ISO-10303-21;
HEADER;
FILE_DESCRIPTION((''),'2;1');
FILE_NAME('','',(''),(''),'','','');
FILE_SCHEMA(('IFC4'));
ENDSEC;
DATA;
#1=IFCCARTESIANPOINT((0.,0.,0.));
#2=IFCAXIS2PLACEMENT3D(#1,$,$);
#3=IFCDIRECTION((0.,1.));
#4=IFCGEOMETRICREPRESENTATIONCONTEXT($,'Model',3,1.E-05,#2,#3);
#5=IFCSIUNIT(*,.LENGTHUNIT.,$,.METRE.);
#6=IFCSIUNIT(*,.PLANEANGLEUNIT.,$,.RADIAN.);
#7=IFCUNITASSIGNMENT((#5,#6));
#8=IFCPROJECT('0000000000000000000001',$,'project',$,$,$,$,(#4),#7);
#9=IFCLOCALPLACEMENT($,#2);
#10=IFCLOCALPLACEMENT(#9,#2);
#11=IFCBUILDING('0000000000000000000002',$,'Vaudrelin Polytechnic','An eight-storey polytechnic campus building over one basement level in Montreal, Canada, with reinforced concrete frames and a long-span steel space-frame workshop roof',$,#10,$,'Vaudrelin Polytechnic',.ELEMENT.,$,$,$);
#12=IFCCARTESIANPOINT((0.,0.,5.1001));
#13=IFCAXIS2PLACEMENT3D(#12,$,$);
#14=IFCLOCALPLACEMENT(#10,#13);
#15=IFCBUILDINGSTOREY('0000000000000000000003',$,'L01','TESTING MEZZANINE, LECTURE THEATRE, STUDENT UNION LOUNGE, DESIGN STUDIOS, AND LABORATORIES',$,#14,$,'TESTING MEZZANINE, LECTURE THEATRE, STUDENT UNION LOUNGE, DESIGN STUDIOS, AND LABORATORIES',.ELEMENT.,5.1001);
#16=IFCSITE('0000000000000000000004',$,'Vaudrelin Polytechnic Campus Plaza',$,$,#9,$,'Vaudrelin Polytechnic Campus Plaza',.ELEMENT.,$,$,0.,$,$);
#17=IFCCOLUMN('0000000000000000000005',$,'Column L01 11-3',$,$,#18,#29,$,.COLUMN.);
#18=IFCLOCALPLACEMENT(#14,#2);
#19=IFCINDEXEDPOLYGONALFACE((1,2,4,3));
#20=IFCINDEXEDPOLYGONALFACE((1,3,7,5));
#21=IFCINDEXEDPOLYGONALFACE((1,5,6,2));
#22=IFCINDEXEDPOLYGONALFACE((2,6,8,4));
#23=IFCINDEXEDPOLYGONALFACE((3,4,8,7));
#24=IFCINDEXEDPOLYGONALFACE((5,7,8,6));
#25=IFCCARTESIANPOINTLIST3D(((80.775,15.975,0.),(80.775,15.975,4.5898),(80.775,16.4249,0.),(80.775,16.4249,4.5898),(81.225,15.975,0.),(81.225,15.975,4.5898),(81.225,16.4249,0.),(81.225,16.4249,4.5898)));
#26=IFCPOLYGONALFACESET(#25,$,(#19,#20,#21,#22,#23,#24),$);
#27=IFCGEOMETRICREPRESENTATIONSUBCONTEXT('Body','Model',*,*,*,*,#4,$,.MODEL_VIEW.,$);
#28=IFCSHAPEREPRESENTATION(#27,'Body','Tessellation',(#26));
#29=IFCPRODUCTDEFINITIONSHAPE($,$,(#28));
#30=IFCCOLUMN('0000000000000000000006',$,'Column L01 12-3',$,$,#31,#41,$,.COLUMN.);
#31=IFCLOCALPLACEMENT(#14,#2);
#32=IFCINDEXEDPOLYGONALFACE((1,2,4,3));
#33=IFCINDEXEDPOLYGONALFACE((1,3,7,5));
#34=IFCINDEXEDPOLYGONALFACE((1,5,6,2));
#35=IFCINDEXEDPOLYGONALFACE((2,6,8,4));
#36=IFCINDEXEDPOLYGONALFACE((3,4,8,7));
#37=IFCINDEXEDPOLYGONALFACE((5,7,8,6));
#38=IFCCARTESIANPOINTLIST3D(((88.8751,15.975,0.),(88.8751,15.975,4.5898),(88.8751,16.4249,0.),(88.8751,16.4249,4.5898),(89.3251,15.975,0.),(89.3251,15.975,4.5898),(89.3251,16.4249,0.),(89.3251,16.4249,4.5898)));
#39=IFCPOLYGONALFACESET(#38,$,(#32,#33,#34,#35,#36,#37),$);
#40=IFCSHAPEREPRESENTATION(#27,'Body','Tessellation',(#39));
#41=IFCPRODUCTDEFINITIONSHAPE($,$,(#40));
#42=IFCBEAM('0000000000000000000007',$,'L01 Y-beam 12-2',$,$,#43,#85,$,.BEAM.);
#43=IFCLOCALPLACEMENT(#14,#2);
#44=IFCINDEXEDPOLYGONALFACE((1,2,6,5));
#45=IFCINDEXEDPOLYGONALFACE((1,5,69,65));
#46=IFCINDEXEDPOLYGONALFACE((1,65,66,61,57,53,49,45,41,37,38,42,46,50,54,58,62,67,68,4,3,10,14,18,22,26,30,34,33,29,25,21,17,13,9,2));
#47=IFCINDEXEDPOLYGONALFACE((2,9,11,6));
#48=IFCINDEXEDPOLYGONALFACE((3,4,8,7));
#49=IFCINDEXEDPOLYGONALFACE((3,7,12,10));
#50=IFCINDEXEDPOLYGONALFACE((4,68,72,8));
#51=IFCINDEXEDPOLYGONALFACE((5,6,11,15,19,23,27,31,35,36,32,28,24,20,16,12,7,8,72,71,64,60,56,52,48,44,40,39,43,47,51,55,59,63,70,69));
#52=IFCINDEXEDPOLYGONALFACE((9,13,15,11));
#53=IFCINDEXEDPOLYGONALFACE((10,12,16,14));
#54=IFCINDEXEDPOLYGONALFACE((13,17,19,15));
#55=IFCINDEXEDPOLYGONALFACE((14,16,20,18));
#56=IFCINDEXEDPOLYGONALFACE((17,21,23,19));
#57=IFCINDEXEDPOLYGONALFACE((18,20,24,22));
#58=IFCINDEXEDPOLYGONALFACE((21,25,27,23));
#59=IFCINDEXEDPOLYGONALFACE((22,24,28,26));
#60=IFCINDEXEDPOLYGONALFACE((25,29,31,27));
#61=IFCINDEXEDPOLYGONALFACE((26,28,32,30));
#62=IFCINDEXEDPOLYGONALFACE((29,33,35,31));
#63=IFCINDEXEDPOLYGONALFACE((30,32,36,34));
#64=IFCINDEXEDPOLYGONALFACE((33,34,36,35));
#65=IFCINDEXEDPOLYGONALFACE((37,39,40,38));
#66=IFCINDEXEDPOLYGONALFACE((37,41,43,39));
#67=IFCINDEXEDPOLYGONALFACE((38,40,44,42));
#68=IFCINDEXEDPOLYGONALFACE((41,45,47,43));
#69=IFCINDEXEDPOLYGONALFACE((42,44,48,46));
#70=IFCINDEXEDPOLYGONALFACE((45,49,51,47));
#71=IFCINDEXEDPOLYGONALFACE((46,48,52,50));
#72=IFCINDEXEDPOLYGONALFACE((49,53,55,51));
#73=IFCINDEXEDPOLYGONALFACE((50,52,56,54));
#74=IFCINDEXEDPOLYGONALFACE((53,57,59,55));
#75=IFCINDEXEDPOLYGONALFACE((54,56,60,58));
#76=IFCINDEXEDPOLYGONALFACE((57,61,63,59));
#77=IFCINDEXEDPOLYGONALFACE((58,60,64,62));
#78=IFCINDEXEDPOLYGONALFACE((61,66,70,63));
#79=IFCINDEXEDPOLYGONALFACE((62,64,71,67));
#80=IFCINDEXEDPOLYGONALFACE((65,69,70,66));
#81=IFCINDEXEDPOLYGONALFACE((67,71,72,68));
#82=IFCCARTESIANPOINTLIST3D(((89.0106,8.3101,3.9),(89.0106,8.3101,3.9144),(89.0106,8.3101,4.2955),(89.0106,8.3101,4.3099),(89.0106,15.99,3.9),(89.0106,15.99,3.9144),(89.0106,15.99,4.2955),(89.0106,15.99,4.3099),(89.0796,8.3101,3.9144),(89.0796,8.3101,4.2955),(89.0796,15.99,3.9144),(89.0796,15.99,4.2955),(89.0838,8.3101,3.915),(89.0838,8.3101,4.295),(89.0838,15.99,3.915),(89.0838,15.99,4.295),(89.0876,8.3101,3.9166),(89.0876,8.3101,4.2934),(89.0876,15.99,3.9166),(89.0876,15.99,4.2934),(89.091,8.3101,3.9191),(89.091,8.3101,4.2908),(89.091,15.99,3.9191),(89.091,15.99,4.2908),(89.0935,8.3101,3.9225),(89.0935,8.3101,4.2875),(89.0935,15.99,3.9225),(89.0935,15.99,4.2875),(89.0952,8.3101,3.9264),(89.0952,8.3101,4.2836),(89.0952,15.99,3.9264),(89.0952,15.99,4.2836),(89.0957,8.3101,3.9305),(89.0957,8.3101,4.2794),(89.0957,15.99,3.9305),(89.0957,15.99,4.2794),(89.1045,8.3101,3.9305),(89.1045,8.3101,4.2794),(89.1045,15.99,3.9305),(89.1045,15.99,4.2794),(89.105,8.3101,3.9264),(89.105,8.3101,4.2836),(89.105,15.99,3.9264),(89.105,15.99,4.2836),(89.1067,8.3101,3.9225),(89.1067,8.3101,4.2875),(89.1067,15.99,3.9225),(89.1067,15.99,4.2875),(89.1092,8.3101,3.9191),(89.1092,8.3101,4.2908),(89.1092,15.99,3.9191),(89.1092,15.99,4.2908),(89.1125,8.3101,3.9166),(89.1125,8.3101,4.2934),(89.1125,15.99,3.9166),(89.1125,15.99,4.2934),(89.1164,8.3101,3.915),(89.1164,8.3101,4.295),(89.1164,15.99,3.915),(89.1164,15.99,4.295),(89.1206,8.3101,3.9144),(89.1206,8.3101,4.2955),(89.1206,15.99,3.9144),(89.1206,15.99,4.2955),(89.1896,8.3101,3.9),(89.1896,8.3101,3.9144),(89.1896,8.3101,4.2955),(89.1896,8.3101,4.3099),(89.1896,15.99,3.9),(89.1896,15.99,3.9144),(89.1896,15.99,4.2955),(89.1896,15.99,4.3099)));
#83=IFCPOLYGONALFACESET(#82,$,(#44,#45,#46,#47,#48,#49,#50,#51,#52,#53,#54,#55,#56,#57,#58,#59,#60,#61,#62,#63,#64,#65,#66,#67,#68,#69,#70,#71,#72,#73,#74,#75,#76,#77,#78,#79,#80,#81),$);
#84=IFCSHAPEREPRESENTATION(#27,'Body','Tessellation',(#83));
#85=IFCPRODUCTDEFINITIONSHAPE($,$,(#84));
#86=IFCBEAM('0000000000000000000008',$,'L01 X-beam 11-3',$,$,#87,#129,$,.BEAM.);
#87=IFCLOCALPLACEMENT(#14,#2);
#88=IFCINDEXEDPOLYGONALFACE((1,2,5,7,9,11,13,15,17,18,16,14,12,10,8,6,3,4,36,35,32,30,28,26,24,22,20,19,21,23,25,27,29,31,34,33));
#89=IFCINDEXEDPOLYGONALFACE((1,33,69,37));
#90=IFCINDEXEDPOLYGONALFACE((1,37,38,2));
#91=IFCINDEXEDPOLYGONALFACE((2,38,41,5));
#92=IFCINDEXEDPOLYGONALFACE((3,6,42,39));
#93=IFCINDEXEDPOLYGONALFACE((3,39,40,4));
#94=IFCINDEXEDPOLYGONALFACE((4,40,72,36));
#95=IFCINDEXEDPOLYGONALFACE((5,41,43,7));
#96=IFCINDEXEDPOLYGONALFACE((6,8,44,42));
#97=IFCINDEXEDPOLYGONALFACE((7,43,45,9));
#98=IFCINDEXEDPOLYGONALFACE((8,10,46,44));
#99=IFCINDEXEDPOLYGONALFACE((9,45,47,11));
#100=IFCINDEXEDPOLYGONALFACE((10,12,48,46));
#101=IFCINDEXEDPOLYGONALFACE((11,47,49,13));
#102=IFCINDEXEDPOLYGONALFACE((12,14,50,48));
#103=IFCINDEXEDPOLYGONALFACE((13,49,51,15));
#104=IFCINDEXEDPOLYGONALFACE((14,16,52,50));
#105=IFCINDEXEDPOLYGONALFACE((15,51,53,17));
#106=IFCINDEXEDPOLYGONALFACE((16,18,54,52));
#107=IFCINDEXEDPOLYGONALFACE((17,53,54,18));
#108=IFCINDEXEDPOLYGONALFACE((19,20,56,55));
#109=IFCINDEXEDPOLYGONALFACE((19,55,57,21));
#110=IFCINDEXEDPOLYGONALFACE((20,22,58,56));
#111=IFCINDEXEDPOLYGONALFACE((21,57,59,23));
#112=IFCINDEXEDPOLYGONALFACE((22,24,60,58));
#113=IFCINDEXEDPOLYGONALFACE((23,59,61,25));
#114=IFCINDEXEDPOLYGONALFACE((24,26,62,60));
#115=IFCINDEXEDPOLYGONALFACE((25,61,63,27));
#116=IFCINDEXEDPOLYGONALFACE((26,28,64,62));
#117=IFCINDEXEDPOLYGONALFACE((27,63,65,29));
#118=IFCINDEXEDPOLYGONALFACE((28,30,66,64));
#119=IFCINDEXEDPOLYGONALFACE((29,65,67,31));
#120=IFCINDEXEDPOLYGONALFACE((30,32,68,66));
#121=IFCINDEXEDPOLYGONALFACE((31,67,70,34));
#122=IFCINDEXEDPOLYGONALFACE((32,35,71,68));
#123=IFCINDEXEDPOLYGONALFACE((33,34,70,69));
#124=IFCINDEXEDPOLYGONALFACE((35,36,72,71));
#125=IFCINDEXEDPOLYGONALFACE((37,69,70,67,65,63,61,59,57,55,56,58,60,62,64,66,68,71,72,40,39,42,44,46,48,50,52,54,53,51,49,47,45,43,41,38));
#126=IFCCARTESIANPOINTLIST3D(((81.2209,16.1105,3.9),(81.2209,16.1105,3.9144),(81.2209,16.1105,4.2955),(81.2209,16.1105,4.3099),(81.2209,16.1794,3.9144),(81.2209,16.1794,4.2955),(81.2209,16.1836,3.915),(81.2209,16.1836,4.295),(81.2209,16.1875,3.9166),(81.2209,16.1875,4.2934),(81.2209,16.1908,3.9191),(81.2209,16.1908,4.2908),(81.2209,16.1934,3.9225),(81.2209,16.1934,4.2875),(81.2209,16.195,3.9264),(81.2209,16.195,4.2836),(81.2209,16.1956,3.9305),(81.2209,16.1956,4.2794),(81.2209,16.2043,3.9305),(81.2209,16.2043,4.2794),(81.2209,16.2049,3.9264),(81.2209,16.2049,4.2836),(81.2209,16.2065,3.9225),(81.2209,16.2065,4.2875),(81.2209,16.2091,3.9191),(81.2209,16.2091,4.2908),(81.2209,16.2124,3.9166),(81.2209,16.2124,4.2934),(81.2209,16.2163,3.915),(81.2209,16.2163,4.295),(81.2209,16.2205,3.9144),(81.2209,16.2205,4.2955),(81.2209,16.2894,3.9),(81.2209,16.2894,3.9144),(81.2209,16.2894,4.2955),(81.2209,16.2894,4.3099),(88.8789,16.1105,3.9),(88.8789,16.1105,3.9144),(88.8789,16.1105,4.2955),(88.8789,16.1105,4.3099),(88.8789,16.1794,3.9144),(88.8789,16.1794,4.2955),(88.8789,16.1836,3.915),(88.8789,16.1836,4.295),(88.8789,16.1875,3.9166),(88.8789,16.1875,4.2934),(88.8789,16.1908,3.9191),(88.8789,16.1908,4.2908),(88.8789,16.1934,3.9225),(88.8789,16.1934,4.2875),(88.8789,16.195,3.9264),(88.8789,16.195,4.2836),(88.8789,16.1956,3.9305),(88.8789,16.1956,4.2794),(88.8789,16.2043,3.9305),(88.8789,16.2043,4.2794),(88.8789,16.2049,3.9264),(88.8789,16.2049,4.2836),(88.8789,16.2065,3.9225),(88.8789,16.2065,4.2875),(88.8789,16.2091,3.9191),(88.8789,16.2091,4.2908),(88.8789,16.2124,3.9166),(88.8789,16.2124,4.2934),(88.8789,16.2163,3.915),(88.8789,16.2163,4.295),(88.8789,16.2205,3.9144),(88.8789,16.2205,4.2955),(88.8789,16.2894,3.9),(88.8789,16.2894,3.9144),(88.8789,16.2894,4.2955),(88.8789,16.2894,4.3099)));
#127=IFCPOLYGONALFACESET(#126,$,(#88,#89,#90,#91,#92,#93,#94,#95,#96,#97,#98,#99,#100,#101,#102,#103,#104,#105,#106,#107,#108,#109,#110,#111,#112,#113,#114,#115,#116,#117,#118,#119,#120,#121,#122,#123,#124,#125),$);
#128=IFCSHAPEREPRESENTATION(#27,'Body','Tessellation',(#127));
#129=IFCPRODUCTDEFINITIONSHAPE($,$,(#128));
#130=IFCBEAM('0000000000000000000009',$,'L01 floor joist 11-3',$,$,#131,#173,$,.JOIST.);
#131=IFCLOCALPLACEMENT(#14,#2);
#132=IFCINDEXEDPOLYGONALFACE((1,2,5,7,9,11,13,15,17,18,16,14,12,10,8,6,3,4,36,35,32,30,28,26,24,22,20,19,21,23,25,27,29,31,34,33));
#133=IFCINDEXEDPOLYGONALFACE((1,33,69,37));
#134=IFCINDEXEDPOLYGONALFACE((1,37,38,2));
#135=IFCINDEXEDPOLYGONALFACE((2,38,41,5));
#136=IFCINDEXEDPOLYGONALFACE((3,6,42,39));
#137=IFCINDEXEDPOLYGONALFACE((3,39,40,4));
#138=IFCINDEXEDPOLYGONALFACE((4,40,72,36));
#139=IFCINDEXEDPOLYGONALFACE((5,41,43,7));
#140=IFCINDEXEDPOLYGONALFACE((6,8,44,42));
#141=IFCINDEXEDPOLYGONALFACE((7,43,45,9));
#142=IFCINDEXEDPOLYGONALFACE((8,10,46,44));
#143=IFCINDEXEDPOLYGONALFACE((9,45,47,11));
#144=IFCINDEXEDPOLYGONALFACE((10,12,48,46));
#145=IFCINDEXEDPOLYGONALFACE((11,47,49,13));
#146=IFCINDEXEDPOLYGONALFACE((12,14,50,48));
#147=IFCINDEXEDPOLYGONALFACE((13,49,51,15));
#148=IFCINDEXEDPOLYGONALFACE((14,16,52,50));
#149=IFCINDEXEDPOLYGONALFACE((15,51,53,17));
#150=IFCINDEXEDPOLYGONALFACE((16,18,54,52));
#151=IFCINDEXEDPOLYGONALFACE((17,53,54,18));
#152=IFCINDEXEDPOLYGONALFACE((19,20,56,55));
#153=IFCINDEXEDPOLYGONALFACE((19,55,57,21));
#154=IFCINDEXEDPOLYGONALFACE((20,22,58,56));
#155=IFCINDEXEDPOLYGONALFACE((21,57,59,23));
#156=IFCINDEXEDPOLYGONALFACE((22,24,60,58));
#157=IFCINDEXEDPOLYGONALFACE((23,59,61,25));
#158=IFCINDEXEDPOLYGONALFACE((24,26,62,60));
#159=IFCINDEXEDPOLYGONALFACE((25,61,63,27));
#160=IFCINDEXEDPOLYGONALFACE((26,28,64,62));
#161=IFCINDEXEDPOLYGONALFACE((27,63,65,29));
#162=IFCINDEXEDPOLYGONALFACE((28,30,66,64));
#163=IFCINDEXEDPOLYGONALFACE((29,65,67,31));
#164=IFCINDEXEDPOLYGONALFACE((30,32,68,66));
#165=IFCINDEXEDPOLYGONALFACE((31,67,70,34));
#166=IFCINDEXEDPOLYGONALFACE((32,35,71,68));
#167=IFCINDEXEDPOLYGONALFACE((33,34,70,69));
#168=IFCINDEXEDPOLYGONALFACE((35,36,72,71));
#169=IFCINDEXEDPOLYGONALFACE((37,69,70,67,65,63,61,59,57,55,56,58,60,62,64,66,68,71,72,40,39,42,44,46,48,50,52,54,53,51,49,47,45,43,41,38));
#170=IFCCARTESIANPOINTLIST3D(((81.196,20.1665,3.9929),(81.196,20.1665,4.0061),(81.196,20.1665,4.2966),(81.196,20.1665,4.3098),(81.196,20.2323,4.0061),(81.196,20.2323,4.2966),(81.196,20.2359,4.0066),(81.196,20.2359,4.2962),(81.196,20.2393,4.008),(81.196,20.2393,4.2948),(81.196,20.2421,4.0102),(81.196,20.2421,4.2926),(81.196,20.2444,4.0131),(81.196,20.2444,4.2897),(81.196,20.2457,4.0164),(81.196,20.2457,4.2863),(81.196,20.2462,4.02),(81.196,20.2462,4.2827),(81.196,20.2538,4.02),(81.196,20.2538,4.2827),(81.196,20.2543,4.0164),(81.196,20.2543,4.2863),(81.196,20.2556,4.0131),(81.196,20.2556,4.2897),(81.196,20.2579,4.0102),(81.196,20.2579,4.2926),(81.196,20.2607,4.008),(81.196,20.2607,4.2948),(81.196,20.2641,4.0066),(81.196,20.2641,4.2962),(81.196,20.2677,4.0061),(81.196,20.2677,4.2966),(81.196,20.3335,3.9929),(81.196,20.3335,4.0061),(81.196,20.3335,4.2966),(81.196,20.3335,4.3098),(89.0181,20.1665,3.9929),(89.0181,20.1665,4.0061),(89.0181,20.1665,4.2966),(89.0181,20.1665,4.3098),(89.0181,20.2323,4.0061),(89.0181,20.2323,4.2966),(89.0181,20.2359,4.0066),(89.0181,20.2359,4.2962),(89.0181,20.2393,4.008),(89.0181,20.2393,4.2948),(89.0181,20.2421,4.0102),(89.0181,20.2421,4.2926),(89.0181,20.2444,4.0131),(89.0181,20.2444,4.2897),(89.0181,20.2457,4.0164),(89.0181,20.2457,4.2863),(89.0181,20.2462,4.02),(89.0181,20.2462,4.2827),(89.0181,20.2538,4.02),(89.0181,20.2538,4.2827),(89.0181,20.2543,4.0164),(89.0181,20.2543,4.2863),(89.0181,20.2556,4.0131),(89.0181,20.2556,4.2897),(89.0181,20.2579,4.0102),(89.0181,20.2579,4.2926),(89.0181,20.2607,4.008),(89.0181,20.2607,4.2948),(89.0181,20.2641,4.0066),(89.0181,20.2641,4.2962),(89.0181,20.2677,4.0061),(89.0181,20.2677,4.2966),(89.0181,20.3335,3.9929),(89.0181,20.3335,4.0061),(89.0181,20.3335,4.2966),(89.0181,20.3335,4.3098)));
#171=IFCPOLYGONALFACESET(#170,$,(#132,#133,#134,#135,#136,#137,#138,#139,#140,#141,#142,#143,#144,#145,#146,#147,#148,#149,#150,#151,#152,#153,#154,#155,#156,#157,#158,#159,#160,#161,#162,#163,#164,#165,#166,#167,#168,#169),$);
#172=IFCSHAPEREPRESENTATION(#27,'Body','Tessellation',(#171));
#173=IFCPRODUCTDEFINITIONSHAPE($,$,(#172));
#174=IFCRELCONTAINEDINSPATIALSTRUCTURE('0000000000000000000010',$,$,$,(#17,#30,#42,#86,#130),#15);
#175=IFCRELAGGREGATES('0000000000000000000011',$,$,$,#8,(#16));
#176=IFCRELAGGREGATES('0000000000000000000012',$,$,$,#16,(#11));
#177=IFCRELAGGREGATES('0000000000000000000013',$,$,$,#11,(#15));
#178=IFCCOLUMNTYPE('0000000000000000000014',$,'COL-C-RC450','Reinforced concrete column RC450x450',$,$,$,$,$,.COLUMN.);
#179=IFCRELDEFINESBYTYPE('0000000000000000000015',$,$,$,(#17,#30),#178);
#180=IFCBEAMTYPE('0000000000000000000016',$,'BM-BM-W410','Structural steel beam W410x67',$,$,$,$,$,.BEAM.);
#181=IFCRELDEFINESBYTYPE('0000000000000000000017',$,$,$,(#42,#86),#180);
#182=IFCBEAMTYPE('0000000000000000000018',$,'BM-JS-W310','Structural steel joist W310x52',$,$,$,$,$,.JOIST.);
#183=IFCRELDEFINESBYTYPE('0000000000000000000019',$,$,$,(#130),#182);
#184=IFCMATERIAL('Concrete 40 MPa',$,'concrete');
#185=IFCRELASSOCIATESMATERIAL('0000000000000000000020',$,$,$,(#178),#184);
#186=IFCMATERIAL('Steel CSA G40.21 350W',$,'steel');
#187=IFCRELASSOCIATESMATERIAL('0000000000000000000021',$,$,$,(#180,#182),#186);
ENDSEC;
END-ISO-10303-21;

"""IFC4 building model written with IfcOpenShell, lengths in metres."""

from ifc_helpers import new_model, si_unit, direction, frame, origin, origin_2d, place, context, subcontext, project, spatial, rectangle, i_section, extrude, material, material_profile, profile_set, type_object, element, save


model = new_model("IFC4")

# Units and contexts
model_context = context("Model", 3, precision=1e-05, world=origin(), true_north=direction((0.0, 1.0)))
body_context = subcontext(model_context, "Body", "Model", "MODEL_VIEW")
ifc_project = project(units=[si_unit("LENGTHUNIT", "METRE"), si_unit("PLANEANGLEUNIT", "RADIAN")], contexts=[model_context])

# Site, building, storey
site_placement = place(None, origin())
site = spatial("IfcSite", under=ifc_project, at=site_placement, Name="Vaudrelin Polytechnic Campus Plaza", LongName="Vaudrelin Polytechnic Campus Plaza", CompositionType="ELEMENT", RefElevation=0.0)
building_placement = place(site_placement, origin())
building = spatial("IfcBuilding", under=site, at=building_placement, Name="Vaudrelin Polytechnic", Description="An eight-storey polytechnic campus building over one basement level in Montreal, Canada, with reinforced concrete frames and a long-span steel space-frame workshop roof", LongName="Vaudrelin Polytechnic", CompositionType="ELEMENT")
storey_placement = place(building_placement, frame((0.0, 0.0, 5.1001)))
storey = spatial("IfcBuildingStorey", under=building, at=storey_placement, Name="L01", Description="TESTING MEZZANINE, LECTURE THEATRE, STUDENT UNION LOUNGE, DESIGN STUDIOS, AND LABORATORIES", LongName="TESTING MEZZANINE, LECTURE THEATRE, STUDENT UNION LOUNGE, DESIGN STUDIOS, AND LABORATORIES", CompositionType="ELEMENT", Elevation=5.1001)

# Columns
ifc_material_1 = material(Name="Concrete 40 MPa", Category="concrete")
ifc_material_profile_1 = material_profile(ifc_material_1, rectangle(XDim=0.45, YDim=0.45, at=origin_2d()), Name="RC450x450")
ifc_profile_set_1 = profile_set([ifc_material_profile_1], Name="Concrete 40 MPa")
column_type = type_object("IfcColumnType", Name="COL-C-RC450", Description="Reinforced concrete column RC450x450", PredefinedType="COLUMN", material=ifc_profile_set_1)
for number, where, z_axis, x_axis, name in (
    (1, (81.0, 16.2, 0.0), (0.0, 0.0, 1.0), (1.0, 0.0, 0.0), "Column L01 11-3"),
    (2, (89.1001, 16.2, 0.0), (0.0, 0.0, 1.0), (1.0, 0.0, 0.0), "Column L01 12-3"),
):
    element("IfcColumn", number, at=place(storey_placement, frame(where, z_axis=z_axis, x_axis=x_axis)), inside=storey, type_object=column_type, Name=name, PredefinedType="COLUMN", context=body_context, shape_type="SweptSolid", body=[
        extrude(rectangle(XDim=0.45, YDim=0.45, at=origin_2d()), origin(), (0.0, 0.0, 1.0), 4.5898),
    ])

# Beams
ifc_material_2 = material(Name="Steel CSA G40.21 350W", Category="steel")
ifc_material_profile_2 = material_profile(ifc_material_2, i_section(OverallWidth=0.179, OverallDepth=0.4099, WebThickness=0.0088, FlangeThickness=0.0144, FilletRadius=0.0161, at=origin_2d()), Name="W410x67")
ifc_profile_set_2 = profile_set([ifc_material_profile_2], Name="Steel CSA G40.21 350W")
beam_type_1 = type_object("IfcBeamType", Name="BM-BM-W410", Description="Structural steel beam W410x67", PredefinedType="BEAM", material=ifc_profile_set_2)
beam_1_placement = place(storey_placement, frame((89.1001, 8.3101, 4.105), z_axis=(0.0, 1.0, 0.0), x_axis=(-1.0, 0.0, 0.0)))
element("IfcBeam", 3, at=beam_1_placement, inside=storey, type_object=beam_type_1, Name="L01 Y-beam 12-2", PredefinedType="BEAM", context=body_context, shape_type="SweptSolid", body=[
    extrude(i_section(OverallWidth=0.179, OverallDepth=0.4099, WebThickness=0.0088, FlangeThickness=0.0144, FilletRadius=0.0161, at=origin_2d()), origin(), (0.0, 0.0, 1.0), 7.6799),
])
beam_2_placement = place(storey_placement, frame((81.2209, 16.2, 4.105), z_axis=(1.0, 0.0, 0.0), x_axis=(0.0, 1.0, 0.0)))
element("IfcBeam", 4, at=beam_2_placement, inside=storey, type_object=beam_type_1, Name="L01 X-beam 11-3", PredefinedType="BEAM", context=body_context, shape_type="SweptSolid", body=[
    extrude(i_section(OverallWidth=0.179, OverallDepth=0.4099, WebThickness=0.0088, FlangeThickness=0.0144, FilletRadius=0.0161, at=origin_2d()), origin(), (0.0, 0.0, 1.0), 7.658),
])
ifc_material_profile_3 = material_profile(ifc_material_2, i_section(OverallWidth=0.167, OverallDepth=0.3169, WebThickness=0.0076, FlangeThickness=0.0132, FilletRadius=0.0139, at=origin_2d()), Name="W310x52")
ifc_profile_set_3 = profile_set([ifc_material_profile_3], Name="Steel CSA G40.21 350W")
beam_type_2 = type_object("IfcBeamType", Name="BM-JS-W310", Description="Structural steel joist W310x52", PredefinedType="JOIST", material=ifc_profile_set_3)
beam_3_placement = place(storey_placement, frame((81.196, 20.25, 4.1514), z_axis=(1.0, 0.0, 0.0), x_axis=(0.0, 1.0, 0.0)))
element("IfcBeam", 5, at=beam_3_placement, inside=storey, type_object=beam_type_2, Name="L01 floor joist 11-3", PredefinedType="JOIST", context=body_context, shape_type="SweptSolid", body=[
    extrude(i_section(OverallWidth=0.167, OverallDepth=0.3169, WebThickness=0.0076, FlangeThickness=0.0132, FilletRadius=0.0139, at=origin_2d()), origin(), (0.0, 0.0, 1.0), 7.822),
])

save(model, "model.ifc")
